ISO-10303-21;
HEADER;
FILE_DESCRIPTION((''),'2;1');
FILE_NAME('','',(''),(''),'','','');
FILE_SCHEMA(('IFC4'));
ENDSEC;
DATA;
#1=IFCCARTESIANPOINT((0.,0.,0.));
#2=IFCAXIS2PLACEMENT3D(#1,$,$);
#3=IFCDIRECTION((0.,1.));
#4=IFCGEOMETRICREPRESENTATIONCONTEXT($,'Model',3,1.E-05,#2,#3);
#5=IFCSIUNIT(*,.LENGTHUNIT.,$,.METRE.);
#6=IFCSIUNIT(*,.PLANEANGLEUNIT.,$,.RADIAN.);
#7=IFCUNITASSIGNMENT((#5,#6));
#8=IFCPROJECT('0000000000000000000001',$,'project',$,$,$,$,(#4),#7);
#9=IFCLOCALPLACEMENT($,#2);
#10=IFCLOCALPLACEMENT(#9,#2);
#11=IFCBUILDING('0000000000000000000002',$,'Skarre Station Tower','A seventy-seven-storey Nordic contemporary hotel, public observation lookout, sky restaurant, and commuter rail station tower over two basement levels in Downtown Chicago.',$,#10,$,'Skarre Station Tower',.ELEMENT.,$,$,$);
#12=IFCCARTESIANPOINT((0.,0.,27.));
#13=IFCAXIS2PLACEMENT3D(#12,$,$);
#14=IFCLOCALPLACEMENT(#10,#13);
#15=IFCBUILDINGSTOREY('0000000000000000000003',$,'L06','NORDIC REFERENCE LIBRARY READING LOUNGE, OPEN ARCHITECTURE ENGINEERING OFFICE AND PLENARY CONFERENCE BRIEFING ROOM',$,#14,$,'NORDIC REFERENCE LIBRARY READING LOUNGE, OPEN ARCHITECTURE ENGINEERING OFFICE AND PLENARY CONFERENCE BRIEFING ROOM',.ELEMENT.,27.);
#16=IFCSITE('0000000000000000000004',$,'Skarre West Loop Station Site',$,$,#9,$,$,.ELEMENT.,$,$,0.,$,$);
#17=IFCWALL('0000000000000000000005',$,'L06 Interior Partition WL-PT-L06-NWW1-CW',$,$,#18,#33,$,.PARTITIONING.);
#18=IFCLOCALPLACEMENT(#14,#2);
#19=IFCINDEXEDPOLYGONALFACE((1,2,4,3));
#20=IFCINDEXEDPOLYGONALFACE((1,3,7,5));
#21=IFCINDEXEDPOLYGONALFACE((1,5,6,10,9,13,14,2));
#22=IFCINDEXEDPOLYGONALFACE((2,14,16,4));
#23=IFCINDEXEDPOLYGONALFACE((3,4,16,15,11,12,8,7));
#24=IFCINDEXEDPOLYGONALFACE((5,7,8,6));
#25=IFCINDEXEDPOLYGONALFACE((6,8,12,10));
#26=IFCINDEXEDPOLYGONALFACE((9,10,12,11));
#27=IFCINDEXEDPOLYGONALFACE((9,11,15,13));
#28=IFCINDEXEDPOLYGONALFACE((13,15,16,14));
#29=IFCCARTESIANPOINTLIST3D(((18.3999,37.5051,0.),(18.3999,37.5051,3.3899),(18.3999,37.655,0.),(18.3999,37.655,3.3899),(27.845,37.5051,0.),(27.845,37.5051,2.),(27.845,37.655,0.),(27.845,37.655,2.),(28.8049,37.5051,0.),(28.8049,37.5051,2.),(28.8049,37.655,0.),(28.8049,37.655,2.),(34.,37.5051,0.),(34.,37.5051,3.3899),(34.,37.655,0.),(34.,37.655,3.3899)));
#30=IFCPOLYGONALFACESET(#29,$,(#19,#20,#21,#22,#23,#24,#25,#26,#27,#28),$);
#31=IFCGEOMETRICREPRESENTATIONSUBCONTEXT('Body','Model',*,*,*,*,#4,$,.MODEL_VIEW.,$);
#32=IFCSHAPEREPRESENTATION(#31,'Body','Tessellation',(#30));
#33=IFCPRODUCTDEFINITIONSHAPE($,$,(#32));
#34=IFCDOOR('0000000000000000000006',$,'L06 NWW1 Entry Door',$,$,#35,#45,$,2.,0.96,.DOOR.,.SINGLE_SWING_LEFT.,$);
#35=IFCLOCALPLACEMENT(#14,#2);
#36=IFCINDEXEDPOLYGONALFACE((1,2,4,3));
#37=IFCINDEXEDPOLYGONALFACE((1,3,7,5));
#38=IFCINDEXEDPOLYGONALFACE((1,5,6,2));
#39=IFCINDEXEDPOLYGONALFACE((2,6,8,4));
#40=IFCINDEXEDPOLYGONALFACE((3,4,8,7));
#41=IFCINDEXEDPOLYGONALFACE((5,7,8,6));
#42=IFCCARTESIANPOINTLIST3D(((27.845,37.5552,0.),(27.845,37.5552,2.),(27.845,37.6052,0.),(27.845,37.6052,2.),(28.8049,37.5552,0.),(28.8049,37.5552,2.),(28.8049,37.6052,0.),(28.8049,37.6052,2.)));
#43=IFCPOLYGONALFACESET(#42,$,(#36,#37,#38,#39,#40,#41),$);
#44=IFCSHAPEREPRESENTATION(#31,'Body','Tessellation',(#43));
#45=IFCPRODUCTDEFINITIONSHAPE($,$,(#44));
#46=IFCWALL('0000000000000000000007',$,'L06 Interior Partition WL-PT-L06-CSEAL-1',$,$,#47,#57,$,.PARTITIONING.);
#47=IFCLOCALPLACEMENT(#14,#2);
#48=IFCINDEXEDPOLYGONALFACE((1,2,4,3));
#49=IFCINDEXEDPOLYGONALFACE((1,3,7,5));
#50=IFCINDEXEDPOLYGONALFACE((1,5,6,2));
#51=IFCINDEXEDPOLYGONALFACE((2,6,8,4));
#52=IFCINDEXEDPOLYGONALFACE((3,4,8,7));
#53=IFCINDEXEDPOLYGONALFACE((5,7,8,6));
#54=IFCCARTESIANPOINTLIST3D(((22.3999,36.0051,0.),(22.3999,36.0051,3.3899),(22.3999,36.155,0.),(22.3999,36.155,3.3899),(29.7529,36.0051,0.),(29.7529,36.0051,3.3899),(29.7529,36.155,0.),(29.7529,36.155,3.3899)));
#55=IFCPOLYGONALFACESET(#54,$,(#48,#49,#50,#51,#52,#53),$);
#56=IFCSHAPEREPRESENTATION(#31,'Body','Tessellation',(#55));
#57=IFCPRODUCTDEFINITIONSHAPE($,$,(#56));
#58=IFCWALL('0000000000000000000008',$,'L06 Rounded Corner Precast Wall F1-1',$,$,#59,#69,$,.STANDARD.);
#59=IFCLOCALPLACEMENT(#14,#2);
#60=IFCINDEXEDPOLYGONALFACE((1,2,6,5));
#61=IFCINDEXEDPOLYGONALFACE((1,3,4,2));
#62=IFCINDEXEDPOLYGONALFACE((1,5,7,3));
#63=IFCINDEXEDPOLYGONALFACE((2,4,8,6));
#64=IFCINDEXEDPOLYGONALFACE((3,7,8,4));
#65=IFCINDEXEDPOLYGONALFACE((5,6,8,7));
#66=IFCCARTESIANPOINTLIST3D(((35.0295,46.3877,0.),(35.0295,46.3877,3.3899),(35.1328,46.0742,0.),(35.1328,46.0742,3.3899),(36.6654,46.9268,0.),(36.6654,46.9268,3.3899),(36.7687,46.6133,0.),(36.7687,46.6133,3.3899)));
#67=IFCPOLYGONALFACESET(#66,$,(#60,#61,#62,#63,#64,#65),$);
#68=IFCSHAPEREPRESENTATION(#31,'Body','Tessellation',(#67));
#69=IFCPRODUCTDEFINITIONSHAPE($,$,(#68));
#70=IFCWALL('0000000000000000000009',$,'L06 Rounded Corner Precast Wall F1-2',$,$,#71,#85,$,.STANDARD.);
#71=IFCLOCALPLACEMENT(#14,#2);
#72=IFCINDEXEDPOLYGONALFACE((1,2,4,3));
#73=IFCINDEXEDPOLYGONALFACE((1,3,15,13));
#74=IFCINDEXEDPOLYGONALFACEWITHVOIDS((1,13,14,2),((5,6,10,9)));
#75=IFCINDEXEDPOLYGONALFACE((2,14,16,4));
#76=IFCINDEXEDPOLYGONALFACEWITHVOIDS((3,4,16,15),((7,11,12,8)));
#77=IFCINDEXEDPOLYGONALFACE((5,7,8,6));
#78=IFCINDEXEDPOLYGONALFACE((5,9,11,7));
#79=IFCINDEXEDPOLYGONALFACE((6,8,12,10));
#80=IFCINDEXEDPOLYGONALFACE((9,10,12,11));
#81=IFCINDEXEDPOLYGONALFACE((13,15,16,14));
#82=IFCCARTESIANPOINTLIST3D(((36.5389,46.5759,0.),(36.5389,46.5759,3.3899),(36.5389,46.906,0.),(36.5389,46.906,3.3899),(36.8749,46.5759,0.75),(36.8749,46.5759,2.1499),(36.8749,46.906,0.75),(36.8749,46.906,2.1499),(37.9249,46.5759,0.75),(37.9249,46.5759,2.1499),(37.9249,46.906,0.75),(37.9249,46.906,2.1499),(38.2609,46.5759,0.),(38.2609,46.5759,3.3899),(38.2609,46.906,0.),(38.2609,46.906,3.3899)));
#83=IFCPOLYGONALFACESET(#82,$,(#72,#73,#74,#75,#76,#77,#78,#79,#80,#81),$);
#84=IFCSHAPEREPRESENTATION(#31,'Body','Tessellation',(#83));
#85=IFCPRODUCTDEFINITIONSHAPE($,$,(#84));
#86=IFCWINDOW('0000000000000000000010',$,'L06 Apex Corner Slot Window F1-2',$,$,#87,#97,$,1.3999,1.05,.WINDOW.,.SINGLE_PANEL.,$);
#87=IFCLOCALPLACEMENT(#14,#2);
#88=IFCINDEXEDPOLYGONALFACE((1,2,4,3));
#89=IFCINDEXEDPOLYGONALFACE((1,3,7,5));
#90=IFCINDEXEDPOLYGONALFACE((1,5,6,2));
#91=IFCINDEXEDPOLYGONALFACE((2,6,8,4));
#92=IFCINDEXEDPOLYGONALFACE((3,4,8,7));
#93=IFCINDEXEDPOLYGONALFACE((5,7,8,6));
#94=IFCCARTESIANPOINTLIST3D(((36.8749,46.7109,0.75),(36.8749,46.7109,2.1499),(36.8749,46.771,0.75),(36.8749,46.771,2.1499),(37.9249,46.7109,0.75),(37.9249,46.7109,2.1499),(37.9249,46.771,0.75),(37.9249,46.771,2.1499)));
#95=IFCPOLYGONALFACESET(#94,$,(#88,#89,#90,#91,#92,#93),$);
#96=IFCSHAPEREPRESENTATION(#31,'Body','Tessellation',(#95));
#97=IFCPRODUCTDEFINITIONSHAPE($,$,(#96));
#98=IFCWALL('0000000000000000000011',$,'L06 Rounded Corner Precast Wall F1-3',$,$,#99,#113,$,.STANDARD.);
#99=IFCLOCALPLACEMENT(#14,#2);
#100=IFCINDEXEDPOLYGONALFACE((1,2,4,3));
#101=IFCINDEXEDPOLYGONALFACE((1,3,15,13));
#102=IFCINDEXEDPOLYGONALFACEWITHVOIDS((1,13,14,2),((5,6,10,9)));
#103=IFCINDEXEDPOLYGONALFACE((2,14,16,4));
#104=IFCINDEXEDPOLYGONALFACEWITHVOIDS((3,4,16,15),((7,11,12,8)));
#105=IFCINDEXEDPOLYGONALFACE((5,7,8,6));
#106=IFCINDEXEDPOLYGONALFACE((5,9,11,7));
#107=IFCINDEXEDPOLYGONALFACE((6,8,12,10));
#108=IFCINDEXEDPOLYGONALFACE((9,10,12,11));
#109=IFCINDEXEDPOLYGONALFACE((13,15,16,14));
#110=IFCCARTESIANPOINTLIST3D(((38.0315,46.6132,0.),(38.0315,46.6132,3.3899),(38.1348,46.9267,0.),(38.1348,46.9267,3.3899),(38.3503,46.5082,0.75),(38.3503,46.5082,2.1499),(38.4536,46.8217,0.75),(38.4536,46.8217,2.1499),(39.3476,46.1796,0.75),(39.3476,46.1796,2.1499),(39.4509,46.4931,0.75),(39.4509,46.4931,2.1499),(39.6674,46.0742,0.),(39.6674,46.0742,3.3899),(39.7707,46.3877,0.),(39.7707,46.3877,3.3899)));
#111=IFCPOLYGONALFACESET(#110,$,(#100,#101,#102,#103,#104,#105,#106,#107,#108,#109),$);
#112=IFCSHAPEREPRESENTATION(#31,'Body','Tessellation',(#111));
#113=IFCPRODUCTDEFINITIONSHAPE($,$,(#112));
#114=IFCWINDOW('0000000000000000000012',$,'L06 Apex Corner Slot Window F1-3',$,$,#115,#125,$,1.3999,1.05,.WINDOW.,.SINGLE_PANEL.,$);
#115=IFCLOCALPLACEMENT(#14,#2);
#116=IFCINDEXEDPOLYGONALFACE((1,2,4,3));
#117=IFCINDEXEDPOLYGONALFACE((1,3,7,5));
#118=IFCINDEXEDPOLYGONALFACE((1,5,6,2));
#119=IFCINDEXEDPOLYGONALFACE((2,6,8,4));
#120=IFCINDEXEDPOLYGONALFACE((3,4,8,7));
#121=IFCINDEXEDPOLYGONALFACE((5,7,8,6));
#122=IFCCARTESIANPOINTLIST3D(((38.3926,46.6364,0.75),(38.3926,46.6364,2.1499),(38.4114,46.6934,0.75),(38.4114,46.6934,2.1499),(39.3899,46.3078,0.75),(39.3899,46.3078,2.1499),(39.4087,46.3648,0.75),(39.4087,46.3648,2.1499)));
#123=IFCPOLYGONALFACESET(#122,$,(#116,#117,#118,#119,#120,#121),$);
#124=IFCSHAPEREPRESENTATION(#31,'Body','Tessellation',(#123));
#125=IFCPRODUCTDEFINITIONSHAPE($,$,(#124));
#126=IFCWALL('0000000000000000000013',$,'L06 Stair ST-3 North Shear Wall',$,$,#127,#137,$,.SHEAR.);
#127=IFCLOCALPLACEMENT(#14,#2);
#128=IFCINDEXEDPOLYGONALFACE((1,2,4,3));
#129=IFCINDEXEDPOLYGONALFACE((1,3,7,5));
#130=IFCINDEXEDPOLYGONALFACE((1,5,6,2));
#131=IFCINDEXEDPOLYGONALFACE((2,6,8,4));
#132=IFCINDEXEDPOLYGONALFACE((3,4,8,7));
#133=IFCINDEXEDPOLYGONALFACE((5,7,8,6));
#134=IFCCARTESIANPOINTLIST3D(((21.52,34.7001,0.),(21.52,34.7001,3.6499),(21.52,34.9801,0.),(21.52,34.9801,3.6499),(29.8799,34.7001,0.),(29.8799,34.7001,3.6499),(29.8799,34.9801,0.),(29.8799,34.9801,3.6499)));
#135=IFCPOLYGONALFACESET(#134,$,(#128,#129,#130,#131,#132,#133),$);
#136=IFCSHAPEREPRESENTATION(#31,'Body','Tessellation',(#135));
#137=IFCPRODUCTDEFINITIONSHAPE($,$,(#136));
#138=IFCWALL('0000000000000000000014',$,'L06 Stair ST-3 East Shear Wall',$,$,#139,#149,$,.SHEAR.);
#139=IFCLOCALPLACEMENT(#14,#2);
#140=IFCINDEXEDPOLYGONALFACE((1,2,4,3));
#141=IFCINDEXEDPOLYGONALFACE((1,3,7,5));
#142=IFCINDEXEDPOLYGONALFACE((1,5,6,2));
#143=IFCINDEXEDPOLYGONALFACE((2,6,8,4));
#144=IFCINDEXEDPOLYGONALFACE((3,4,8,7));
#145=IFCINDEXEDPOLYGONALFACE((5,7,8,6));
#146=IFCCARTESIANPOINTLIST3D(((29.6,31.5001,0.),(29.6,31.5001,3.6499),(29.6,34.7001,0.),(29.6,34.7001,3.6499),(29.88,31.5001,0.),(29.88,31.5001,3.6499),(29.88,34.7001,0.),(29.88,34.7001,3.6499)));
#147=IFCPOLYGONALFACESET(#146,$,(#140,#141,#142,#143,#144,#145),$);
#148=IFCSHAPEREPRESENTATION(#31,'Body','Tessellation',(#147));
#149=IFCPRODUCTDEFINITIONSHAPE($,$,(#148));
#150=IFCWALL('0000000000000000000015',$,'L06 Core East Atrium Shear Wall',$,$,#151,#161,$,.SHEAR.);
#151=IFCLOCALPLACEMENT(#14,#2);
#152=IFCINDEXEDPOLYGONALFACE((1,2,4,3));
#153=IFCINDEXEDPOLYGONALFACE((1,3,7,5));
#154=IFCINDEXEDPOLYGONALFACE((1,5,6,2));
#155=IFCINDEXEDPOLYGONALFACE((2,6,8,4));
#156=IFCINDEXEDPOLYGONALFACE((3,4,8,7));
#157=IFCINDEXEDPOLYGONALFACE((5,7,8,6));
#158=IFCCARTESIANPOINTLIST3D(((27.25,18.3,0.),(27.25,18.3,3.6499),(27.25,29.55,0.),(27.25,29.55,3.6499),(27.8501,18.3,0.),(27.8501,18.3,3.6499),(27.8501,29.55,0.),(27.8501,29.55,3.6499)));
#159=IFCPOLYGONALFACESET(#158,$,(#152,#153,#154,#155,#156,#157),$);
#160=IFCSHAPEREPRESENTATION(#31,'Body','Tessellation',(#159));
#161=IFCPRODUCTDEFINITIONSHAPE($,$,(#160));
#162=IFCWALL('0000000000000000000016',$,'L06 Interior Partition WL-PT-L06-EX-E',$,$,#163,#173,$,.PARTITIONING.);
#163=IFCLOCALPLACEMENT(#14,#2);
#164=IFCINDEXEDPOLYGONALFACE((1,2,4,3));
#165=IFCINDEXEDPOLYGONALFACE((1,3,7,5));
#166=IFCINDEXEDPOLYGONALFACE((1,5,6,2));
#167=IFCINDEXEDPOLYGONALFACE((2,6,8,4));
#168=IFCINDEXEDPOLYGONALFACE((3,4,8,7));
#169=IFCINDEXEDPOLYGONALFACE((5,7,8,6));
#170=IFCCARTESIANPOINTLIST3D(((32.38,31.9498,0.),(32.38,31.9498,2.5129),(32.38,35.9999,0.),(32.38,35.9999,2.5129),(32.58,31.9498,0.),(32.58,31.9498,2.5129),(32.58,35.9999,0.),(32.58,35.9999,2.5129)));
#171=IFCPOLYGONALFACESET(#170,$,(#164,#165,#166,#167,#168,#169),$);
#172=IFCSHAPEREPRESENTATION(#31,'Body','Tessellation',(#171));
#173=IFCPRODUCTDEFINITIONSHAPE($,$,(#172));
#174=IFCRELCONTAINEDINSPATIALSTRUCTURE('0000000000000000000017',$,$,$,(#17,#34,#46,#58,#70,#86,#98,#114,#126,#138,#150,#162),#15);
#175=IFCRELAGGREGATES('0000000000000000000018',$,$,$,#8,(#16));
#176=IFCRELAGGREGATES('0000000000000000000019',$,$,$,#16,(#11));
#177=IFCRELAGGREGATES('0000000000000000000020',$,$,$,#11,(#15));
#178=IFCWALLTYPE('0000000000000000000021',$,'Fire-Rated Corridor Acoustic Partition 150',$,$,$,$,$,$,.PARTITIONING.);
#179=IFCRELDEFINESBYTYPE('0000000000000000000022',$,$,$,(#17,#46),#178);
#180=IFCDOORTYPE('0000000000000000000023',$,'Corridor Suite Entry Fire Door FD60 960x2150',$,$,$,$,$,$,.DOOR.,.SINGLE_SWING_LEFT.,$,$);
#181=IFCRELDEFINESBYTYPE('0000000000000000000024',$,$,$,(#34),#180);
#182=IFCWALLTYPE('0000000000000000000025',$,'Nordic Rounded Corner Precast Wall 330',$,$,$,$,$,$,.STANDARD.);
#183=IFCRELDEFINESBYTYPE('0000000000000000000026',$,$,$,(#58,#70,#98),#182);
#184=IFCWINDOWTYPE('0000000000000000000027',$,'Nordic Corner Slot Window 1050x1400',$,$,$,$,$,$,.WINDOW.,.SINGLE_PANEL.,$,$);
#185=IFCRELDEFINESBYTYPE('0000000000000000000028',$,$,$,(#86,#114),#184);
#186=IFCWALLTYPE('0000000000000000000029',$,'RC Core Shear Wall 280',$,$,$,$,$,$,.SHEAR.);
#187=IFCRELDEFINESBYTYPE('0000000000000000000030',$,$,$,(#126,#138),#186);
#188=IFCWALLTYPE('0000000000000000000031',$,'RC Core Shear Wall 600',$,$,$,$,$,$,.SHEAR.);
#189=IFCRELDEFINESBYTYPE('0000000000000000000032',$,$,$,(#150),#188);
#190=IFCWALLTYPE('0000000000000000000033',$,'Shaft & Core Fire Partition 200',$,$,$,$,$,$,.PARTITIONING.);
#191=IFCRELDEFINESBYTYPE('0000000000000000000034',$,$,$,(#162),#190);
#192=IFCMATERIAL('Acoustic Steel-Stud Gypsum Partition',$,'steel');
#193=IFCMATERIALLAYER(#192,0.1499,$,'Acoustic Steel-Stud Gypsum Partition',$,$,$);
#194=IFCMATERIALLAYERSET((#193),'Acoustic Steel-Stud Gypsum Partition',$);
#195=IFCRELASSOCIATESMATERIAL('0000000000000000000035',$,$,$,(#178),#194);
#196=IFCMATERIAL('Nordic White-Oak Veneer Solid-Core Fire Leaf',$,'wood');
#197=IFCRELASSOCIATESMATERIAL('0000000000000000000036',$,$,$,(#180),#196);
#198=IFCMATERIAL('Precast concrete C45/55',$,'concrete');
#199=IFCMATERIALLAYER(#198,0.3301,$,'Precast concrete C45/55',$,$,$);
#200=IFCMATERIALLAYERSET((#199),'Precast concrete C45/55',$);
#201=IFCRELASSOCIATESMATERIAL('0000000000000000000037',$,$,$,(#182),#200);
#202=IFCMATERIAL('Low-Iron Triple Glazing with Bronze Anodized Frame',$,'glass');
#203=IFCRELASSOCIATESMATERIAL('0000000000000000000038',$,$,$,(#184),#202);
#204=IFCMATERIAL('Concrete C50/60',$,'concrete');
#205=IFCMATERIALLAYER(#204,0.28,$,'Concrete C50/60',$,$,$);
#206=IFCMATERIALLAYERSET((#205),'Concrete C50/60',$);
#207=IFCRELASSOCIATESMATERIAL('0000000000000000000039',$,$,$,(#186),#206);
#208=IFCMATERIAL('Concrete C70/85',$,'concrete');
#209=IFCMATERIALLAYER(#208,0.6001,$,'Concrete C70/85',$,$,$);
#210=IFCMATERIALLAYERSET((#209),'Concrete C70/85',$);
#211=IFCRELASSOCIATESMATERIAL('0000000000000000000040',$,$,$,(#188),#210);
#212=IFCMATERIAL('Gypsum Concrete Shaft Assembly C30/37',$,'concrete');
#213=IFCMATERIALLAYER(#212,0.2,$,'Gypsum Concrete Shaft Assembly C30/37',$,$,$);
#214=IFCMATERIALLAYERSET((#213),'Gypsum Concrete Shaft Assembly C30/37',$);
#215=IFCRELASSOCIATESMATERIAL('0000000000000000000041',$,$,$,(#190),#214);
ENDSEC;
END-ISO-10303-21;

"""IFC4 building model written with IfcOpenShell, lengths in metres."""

from ifc_helpers import new_model, si_unit, direction, frame, frame_2d, origin, place, context, subcontext, project, spatial, rectangle, extrude, material, layer, layer_set, type_object, element, fill, save


model = new_model("IFC4")

# Units and contexts
model_context = context("Model", 3, precision=1e-05, world=origin(), true_north=direction((0.0, 1.0)))
body_context = subcontext(model_context, "Body", "Model", "MODEL_VIEW")
ifc_project = project(units=[si_unit("LENGTHUNIT", "METRE"), si_unit("PLANEANGLEUNIT", "RADIAN")], contexts=[model_context])

# Site, building, storey
site_placement = place(None, origin())
site = spatial("IfcSite", under=ifc_project, at=site_placement, Name="Skarre West Loop Station Site", CompositionType="ELEMENT", RefElevation=0.0)
building_placement = place(site_placement, origin())
building = spatial("IfcBuilding", under=site, at=building_placement, Name="Skarre Station Tower", Description="A seventy-seven-storey Nordic contemporary hotel, public observation lookout, sky restaurant, and commuter rail station tower over two basement levels in Downtown Chicago.", LongName="Skarre Station Tower", CompositionType="ELEMENT")
storey_placement = place(building_placement, frame((0.0, 0.0, 27.0)))
storey = spatial("IfcBuildingStorey", under=building, at=storey_placement, Name="L06", Description="NORDIC REFERENCE LIBRARY READING LOUNGE, OPEN ARCHITECTURE ENGINEERING OFFICE AND PLENARY CONFERENCE BRIEFING ROOM", LongName="NORDIC REFERENCE LIBRARY READING LOUNGE, OPEN ARCHITECTURE ENGINEERING OFFICE AND PLENARY CONFERENCE BRIEFING ROOM", CompositionType="ELEMENT", Elevation=27.0)

# Shared definitions
ifc_material_1 = material(Name="Concrete C70/85", Category="concrete")

# Wall, opening, door
ifc_material_2 = material(Name="Acoustic Steel-Stud Gypsum Partition", Category="steel")
ifc_layer_1 = layer(ifc_material_2, 0.1499, Name="Acoustic Steel-Stud Gypsum Partition")
ifc_layer_set_1 = layer_set([ifc_layer_1], Name="Acoustic Steel-Stud Gypsum Partition")
wall_type_1 = type_object("IfcWallType", Name="Fire-Rated Corridor Acoustic Partition 150", PredefinedType="PARTITIONING", material=ifc_layer_set_1)
wall_1_placement = place(storey_placement, frame((34.0, 37.5801, 0.0), z_axis=(0.0, 0.0, 1.0), x_axis=(-1.0, 0.0, 0.0)))
wall_1 = element("IfcWall", 1, at=wall_1_placement, inside=storey, type_object=wall_type_1, Name="L06 Interior Partition WL-PT-L06-NWW1-CW", PredefinedType="PARTITIONING", context=body_context, shape_type="SweptSolid", body=[
    extrude(rectangle(XDim=15.6001, YDim=0.1499, at=frame_2d((7.8, 0.0))), origin(), (0.0, 0.0, 1.0), 3.3899),
])
opening_1_placement = place(wall_1_placement, frame((5.1951, 0.0, 0.0)))
opening_1 = element("IfcOpeningElement", 2, at=opening_1_placement, cuts=wall_1, PredefinedType="OPENING", context=body_context, shape_type="SweptSolid", body=[
    extrude(rectangle(XDim=0.96, YDim=2.0, at=frame_2d((0.48, 1.0))), frame((0.0, 0.085, 0.0), z_axis=(0.0, -1.0, 0.0), x_axis=(1.0, 0.0, 0.0)), (0.0, 0.0, 1.0), 0.1699),
])
ifc_material_3 = material(Name="Nordic White-Oak Veneer Solid-Core Fire Leaf", Category="wood")
door_type = type_object("IfcDoorType", Name="Corridor Suite Entry Fire Door FD60 960x2150", OperationType="SINGLE_SWING_LEFT", PredefinedType="DOOR", material=ifc_material_3)
door_placement = place(opening_1_placement, origin())
door = element("IfcDoor", 3, at=door_placement, inside=storey, type_object=door_type, Name="L06 NWW1 Entry Door", OperationType="SINGLE_SWING_LEFT", OverallHeight=2.0, OverallWidth=0.96, PredefinedType="DOOR", context=body_context, shape_type="SweptSolid", body=[
    extrude(rectangle(XDim=0.96, YDim=2.0, at=frame_2d((0.48, 1.0))), frame((0.0, 0.0249, 0.0), z_axis=(0.0, -1.0, 0.0), x_axis=(1.0, 0.0, 0.0)), (0.0, 0.0, 1.0), 0.05),
])
fill(opening_1, door)

# Walls
wall_2_placement = place(storey_placement, frame((29.7529, 36.0801, 0.0), z_axis=(0.0, 0.0, 1.0), x_axis=(-1.0, 0.0, 0.0)))
element("IfcWall", 4, at=wall_2_placement, inside=storey, type_object=wall_type_1, Name="L06 Interior Partition WL-PT-L06-CSEAL-1", PredefinedType="PARTITIONING", context=body_context, shape_type="SweptSolid", body=[
    extrude(rectangle(XDim=7.353, YDim=0.1499, at=frame_2d((3.6765, 0.0))), origin(), (0.0, 0.0, 1.0), 3.3899),
])
ifc_material_4 = material(Name="Precast concrete C45/55", Category="concrete")
ifc_layer_2 = layer(ifc_material_4, 0.3301, Name="Precast concrete C45/55")
ifc_layer_set_2 = layer_set([ifc_layer_2], Name="Precast concrete C45/55")
wall_type_2 = type_object("IfcWallType", Name="Nordic Rounded Corner Precast Wall 330", PredefinedType="STANDARD", material=ifc_layer_set_2)
wall_3_placement = place(storey_placement, frame((35.0811, 46.231, 0.0), z_axis=(0.0, 0.0, 1.0), x_axis=(0.949769, 0.312952, 0.0)))
element("IfcWall", 5, at=wall_3_placement, inside=storey, type_object=wall_type_2, Name="L06 Rounded Corner Precast Wall F1-1", PredefinedType="STANDARD", context=body_context, shape_type="SweptSolid", body=[
    extrude(rectangle(XDim=1.7224, YDim=0.3301, at=frame_2d((0.8613, 0.0))), origin(), (0.0, 0.0, 1.0), 3.3899),
])

# Walls, openings, windows
wall_4_placement = place(storey_placement, frame((36.5391, 46.741, 0.0), z_axis=(0.0, 0.0, 1.0), x_axis=(1.0, 0.0, 0.0)))
wall_4 = element("IfcWall", 6, at=wall_4_placement, inside=storey, type_object=wall_type_2, Name="L06 Rounded Corner Precast Wall F1-2", PredefinedType="STANDARD", context=body_context, shape_type="SweptSolid", body=[
    extrude(rectangle(XDim=1.7219, YDim=0.3301, at=frame_2d((0.8608, 0.0))), origin(), (0.0, 0.0, 1.0), 3.3899),
])
opening_2_placement = place(wall_4_placement, frame((0.3359, 0.0, 0.75)))
opening_2 = element("IfcOpeningElement", 7, at=opening_2_placement, cuts=wall_4, PredefinedType="OPENING", context=body_context, shape_type="SweptSolid", body=[
    extrude(rectangle(XDim=1.05, YDim=1.3999, at=frame_2d((0.5249, 0.7))), frame((0.0, 0.175, 0.0), z_axis=(0.0, -1.0, 0.0), x_axis=(1.0, 0.0, 0.0)), (0.0, 0.0, 1.0), 0.3501),
])
ifc_material_5 = material(Name="Low-Iron Triple Glazing with Bronze Anodized Frame", Category="glass")
window_type = type_object("IfcWindowType", Name="Nordic Corner Slot Window 1050x1400", PartitioningType="SINGLE_PANEL", PredefinedType="WINDOW", material=ifc_material_5)
window_1_placement = place(opening_2_placement, origin())
window_1 = element("IfcWindow", 8, at=window_1_placement, inside=storey, type_object=window_type, Name="L06 Apex Corner Slot Window F1-2", OverallHeight=1.3999, OverallWidth=1.05, PartitioningType="SINGLE_PANEL", PredefinedType="WINDOW", context=body_context, shape_type="SweptSolid", body=[
    extrude(rectangle(XDim=1.05, YDim=1.3999, at=frame_2d((0.5249, 0.7))), frame((0.0, 0.03, 0.0), z_axis=(0.0, -1.0, 0.0), x_axis=(1.0, 0.0, 0.0)), (0.0, 0.0, 1.0), 0.0601),
])
fill(opening_2, window_1)
wall_5_placement = place(storey_placement, frame((38.083, 46.77, 0.0), z_axis=(0.0, 0.0, 1.0), x_axis=(0.949769, -0.312952, 0.0)))
wall_5 = element("IfcWall", 9, at=wall_5_placement, inside=storey, type_object=wall_type_2, Name="L06 Rounded Corner Precast Wall F1-3", PredefinedType="STANDARD", context=body_context, shape_type="SweptSolid", body=[
    extrude(rectangle(XDim=1.7224, YDim=0.3301, at=frame_2d((0.8613, 0.0))), origin(), (0.0, 0.0, 1.0), 3.3899),
])
opening_3_placement = place(wall_5_placement, frame((0.3359, 0.0, 0.75)))
opening_3 = element("IfcOpeningElement", 10, at=opening_3_placement, cuts=wall_5, PredefinedType="OPENING", context=body_context, shape_type="SweptSolid", body=[
    extrude(rectangle(XDim=1.05, YDim=1.3999, at=frame_2d((0.5249, 0.7))), frame((0.0, 0.175, 0.0), z_axis=(0.0, -1.0, 0.0), x_axis=(1.0, 0.0, 0.0)), (0.0, 0.0, 1.0), 0.3501),
])
window_2_placement = place(opening_3_placement, origin())
window_2 = element("IfcWindow", 11, at=window_2_placement, inside=storey, type_object=window_type, Name="L06 Apex Corner Slot Window F1-3", OverallHeight=1.3999, OverallWidth=1.05, PartitioningType="SINGLE_PANEL", PredefinedType="WINDOW", context=body_context, shape_type="SweptSolid", body=[
    extrude(rectangle(XDim=1.05, YDim=1.3999, at=frame_2d((0.5249, 0.7))), frame((0.0, 0.03, 0.0), z_axis=(0.0, -1.0, 0.0), x_axis=(1.0, 0.0, 0.0)), (0.0, 0.0, 1.0), 0.0601),
])
fill(opening_3, window_2)

# Walls
ifc_material_6 = material(Name="Concrete C50/60", Category="concrete")
ifc_layer_3 = layer(ifc_material_6, 0.28, Name="Concrete C50/60")
ifc_layer_set_3 = layer_set([ifc_layer_3], Name="Concrete C50/60")
wall_type_3 = type_object("IfcWallType", Name="RC Core Shear Wall 280", PredefinedType="SHEAR", material=ifc_layer_set_3)
wall_6_placement = place(storey_placement, frame((29.8799, 34.8401, 0.0), z_axis=(0.0, 0.0, 1.0), x_axis=(-1.0, 0.0, 0.0)))
element("IfcWall", 12, at=wall_6_placement, inside=storey, type_object=wall_type_3, Name="L06 Stair ST-3 North Shear Wall", PredefinedType="SHEAR", context=body_context, shape_type="SweptSolid", body=[
    extrude(rectangle(XDim=8.3599, YDim=0.28, at=frame_2d((4.1799, 0.0))), origin(), (0.0, 0.0, 1.0), 3.6499),
])
wall_7_placement = place(storey_placement, frame((29.74, 31.5, 0.0), z_axis=(0.0, 0.0, 1.0), x_axis=(0.0, 1.0, 0.0)))
element("IfcWall", 13, at=wall_7_placement, inside=storey, type_object=wall_type_3, Name="L06 Stair ST-3 East Shear Wall", PredefinedType="SHEAR", context=body_context, shape_type="SweptSolid", body=[
    extrude(rectangle(XDim=3.2, YDim=0.28, at=frame_2d((1.6001, 0.0))), origin(), (0.0, 0.0, 1.0), 3.6499),
])
ifc_layer_4 = layer(ifc_material_1, 0.6001, Name="Concrete C70/85")
ifc_layer_set_4 = layer_set([ifc_layer_4], Name="Concrete C70/85")
wall_type_4 = type_object("IfcWallType", Name="RC Core Shear Wall 600", PredefinedType="SHEAR", material=ifc_layer_set_4)
wall_8_placement = place(storey_placement, frame((27.55, 29.55, 0.0), z_axis=(0.0, 0.0, 1.0), x_axis=(0.0, -1.0, 0.0)))
element("IfcWall", 14, at=wall_8_placement, inside=storey, type_object=wall_type_4, Name="L06 Core East Atrium Shear Wall", PredefinedType="SHEAR", context=body_context, shape_type="SweptSolid", body=[
    extrude(rectangle(XDim=11.25, YDim=0.6001, at=frame_2d((5.625, 0.0))), origin(), (0.0, 0.0, 1.0), 3.6499),
])
ifc_material_7 = material(Name="Gypsum Concrete Shaft Assembly C30/37", Category="concrete")
ifc_layer_5 = layer(ifc_material_7, 0.2, Name="Gypsum Concrete Shaft Assembly C30/37")
ifc_layer_set_5 = layer_set([ifc_layer_5], Name="Gypsum Concrete Shaft Assembly C30/37")
wall_type_5 = type_object("IfcWallType", Name="Shaft & Core Fire Partition 200", PredefinedType="PARTITIONING", material=ifc_layer_set_5)
wall_9_placement = place(storey_placement, frame((32.48, 31.95, 0.0), z_axis=(0.0, 0.0, 1.0), x_axis=(0.0, 1.0, 0.0)))
element("IfcWall", 15, at=wall_9_placement, inside=storey, type_object=wall_type_5, Name="L06 Interior Partition WL-PT-L06-EX-E", PredefinedType="PARTITIONING", context=body_context, shape_type="SweptSolid", body=[
    extrude(rectangle(XDim=4.05, YDim=0.2, at=frame_2d((2.0249, 0.0))), origin(), (0.0, 0.0, 1.0), 2.5129),
])

save(model, "model.ifc")
